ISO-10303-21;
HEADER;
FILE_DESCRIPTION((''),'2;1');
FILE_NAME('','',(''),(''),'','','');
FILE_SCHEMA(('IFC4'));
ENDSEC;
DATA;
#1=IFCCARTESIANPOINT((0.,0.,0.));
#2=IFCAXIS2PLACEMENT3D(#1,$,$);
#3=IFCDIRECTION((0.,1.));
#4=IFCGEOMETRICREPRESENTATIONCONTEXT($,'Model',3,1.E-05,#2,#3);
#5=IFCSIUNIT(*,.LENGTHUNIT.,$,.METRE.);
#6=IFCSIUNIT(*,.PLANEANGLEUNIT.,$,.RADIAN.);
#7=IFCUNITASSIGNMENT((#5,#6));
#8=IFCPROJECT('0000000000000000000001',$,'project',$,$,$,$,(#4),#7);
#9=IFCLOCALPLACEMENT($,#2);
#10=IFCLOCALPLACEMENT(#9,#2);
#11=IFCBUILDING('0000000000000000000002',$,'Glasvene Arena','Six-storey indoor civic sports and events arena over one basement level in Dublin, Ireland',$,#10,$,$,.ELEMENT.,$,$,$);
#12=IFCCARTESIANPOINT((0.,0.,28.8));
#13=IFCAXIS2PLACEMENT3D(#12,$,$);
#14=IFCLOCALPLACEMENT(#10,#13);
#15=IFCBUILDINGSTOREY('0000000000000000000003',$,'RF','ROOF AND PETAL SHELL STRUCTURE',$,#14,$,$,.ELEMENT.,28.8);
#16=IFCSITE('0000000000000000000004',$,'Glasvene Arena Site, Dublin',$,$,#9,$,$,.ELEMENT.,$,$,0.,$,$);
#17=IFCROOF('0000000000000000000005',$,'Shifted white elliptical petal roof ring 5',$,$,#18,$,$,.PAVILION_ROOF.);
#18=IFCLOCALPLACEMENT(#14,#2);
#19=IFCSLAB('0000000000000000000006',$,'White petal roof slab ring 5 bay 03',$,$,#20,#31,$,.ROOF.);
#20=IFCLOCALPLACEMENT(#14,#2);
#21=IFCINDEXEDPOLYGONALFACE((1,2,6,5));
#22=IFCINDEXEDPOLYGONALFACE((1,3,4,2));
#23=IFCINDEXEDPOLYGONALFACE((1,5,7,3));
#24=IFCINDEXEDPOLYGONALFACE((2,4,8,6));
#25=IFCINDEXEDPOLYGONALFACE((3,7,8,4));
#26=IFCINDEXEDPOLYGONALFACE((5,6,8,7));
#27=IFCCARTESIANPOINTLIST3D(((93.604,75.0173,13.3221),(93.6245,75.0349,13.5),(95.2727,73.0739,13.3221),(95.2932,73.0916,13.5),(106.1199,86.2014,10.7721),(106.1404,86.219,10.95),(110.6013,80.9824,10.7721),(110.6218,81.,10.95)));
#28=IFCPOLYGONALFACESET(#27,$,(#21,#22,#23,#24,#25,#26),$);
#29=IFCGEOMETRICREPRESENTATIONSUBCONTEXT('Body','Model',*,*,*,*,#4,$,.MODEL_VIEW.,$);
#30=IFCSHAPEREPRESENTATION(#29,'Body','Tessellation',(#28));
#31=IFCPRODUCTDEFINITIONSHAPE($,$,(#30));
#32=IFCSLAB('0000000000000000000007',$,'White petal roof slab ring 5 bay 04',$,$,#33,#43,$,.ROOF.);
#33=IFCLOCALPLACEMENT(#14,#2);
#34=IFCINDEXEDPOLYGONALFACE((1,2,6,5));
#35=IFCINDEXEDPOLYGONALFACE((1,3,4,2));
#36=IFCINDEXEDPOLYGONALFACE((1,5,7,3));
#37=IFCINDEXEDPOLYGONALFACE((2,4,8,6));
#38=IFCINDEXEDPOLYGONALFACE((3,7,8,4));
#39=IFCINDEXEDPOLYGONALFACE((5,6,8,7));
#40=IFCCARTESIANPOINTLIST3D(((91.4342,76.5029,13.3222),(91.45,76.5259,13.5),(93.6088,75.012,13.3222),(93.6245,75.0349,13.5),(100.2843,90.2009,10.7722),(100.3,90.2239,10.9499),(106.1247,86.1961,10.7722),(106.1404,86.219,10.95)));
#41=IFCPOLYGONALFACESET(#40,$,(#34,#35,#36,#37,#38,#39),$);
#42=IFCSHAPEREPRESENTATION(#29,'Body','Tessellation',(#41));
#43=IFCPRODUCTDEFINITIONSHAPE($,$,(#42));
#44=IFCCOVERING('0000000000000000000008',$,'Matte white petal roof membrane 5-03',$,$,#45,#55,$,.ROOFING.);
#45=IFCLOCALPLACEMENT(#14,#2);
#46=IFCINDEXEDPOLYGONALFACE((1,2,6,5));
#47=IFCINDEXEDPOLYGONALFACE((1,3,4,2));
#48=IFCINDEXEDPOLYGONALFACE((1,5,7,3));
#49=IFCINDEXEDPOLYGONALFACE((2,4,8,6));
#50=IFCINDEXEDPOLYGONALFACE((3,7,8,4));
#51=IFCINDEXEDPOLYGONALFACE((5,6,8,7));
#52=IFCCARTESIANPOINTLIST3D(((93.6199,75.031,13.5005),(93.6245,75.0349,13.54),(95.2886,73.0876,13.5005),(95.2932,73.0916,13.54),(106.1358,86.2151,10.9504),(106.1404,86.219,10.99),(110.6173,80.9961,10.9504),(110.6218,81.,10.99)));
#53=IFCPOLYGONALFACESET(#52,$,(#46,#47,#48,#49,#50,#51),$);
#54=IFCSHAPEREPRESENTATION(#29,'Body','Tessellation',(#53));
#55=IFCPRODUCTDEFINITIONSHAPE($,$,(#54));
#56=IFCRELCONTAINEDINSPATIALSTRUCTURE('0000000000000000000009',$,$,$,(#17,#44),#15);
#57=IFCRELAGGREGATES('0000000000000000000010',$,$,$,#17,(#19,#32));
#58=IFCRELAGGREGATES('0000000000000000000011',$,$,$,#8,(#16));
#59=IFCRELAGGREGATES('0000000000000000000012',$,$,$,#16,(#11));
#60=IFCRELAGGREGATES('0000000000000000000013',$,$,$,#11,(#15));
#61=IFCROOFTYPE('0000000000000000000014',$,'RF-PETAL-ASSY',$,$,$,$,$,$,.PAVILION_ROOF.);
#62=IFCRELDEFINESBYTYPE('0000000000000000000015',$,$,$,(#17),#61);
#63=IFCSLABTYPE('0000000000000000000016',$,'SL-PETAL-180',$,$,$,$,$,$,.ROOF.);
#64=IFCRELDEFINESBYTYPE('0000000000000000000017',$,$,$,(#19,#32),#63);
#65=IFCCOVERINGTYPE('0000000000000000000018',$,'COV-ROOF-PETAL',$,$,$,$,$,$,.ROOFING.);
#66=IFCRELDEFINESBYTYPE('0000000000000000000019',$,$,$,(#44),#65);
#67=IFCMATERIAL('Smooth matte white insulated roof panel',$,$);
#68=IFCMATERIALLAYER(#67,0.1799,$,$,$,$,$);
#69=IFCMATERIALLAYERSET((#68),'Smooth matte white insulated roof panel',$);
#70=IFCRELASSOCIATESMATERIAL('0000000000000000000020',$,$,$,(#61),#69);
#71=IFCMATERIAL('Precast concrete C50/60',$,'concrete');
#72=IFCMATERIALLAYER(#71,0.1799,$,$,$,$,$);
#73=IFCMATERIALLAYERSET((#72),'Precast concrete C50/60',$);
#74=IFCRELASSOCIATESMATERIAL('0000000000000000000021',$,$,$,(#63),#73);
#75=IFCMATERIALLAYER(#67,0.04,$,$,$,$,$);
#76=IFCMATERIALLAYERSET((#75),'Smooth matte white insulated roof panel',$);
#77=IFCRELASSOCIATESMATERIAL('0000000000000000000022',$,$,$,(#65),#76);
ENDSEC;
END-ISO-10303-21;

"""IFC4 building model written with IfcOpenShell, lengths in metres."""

from ifc_helpers import new_model, si_unit, direction, frame, origin, place, context, subcontext, project, spatial, polyline, outline, extrude, material, layer, layer_set, type_object, element, aggregate, save


model = new_model("IFC4")

# Units and contexts
model_context = context("Model", 3, precision=1e-05, world=origin(), true_north=direction((0.0, 1.0)))
body_context = subcontext(model_context, "Body", "Model", "MODEL_VIEW")
ifc_project = project(units=[si_unit("LENGTHUNIT", "METRE"), si_unit("PLANEANGLEUNIT", "RADIAN")], contexts=[model_context])

# Site, building, storey
site_placement = place(None, origin())
site = spatial("IfcSite", under=ifc_project, at=site_placement, Name="Glasvene Arena Site, Dublin", CompositionType="ELEMENT", RefElevation=0.0)
building_placement = place(site_placement, origin())
building = spatial("IfcBuilding", under=site, at=building_placement, Name="Glasvene Arena", Description="Six-storey indoor civic sports and events arena over one basement level in Dublin, Ireland", CompositionType="ELEMENT")
storey_placement = place(building_placement, frame((0.0, 0.0, 28.8)))
storey = spatial("IfcBuildingStorey", under=building, at=storey_placement, Name="RF", Description="ROOF AND PETAL SHELL STRUCTURE", CompositionType="ELEMENT", Elevation=28.8)

# Roof, slabs
ifc_material_1 = material(Name="Smooth matte white insulated roof panel")
ifc_layer_1 = layer(ifc_material_1, 0.1799)
ifc_layer_set_1 = layer_set([ifc_layer_1], Name="Smooth matte white insulated roof panel")
roof_type = type_object("IfcRoofType", Name="RF-PETAL-ASSY", PredefinedType="PAVILION_ROOF", material=ifc_layer_set_1)
roof_placement = place(storey_placement, frame((86.2, 68.3999, 10.95)))
roof = element("IfcRoof", 1, at=roof_placement, inside=storey, type_object=roof_type, Name="Shifted white elliptical petal roof ring 5", PredefinedType="PAVILION_ROOF")
ifc_material_2 = material(Name="Precast concrete C50/60", Category="concrete")
ifc_layer_2 = layer(ifc_material_2, 0.1799)
ifc_layer_set_2 = layer_set([ifc_layer_2], Name="Precast concrete C50/60")
slab_type = type_object("IfcSlabType", Name="SL-PETAL-180", PredefinedType="ROOF", material=ifc_layer_set_2)
slab_1_placement = place(storey_placement, frame((110.6218, 81.0, 10.95), z_axis=(0.113977, 0.09787, 0.988651), x_axis=(-0.651463, 0.75868, 0.0)))
slab_1 = element("IfcSlab", 2, at=slab_1_placement, type_object=slab_type, Name="White petal roof slab ring 5 bay 03", PredefinedType="ROOF", context=body_context, shape_type="SweptSolid", body=[
    extrude(outline(polyline([(0.0, 0.0), (6.879, 0.0), (6.5475, 16.9742), (3.986, 16.9742), (0.0, 0.0)])), origin(), (0.0, 0.0, -1.0), 0.1799),
])
slab_2_placement = place(storey_placement, frame((106.1404, 86.219, 10.95), z_axis=(0.087399, 0.127459, 0.987986), x_axis=(-0.824724, 0.565536, -0.000002)))
slab_2 = element("IfcSlab", 3, at=slab_2_placement, type_object=slab_type, Name="White petal roof slab ring 5 bay 04", PredefinedType="ROOF", context=body_context, shape_type="SweptSolid", body=[
    extrude(outline(polyline([(0.0, 0.0), (7.0816, 0.0), (6.6337, 16.5004), (3.9971, 16.5002), (0.0, 0.0)])), origin(), (0.0, 0.0, -1.0), 0.1799),
])
aggregate(roof, [slab_1, slab_2])

# Covering
ifc_layer_3 = layer(ifc_material_1, 0.04)
ifc_layer_set_3 = layer_set([ifc_layer_3], Name="Smooth matte white insulated roof panel")
covering_type = type_object("IfcCoveringType", Name="COV-ROOF-PETAL", PredefinedType="ROOFING", material=ifc_layer_set_3)
covering_placement = place(storey_placement, frame((110.6218, 81.0, 10.99), z_axis=(0.113977, 0.09787, 0.988651), x_axis=(-0.651463, 0.75868, 0.0)))
element("IfcCovering", 4, at=covering_placement, inside=storey, type_object=covering_type, Name="Matte white petal roof membrane 5-03", PredefinedType="ROOFING", context=body_context, shape_type="SweptSolid", body=[
    extrude(outline(polyline([(0.0, 0.0), (6.879, 0.0), (6.5475, 16.9742), (3.986, 16.9742), (0.0, 0.0)])), origin(), (0.0, 0.0, -1.0), 0.04),
])

save(model, "model.ifc")
